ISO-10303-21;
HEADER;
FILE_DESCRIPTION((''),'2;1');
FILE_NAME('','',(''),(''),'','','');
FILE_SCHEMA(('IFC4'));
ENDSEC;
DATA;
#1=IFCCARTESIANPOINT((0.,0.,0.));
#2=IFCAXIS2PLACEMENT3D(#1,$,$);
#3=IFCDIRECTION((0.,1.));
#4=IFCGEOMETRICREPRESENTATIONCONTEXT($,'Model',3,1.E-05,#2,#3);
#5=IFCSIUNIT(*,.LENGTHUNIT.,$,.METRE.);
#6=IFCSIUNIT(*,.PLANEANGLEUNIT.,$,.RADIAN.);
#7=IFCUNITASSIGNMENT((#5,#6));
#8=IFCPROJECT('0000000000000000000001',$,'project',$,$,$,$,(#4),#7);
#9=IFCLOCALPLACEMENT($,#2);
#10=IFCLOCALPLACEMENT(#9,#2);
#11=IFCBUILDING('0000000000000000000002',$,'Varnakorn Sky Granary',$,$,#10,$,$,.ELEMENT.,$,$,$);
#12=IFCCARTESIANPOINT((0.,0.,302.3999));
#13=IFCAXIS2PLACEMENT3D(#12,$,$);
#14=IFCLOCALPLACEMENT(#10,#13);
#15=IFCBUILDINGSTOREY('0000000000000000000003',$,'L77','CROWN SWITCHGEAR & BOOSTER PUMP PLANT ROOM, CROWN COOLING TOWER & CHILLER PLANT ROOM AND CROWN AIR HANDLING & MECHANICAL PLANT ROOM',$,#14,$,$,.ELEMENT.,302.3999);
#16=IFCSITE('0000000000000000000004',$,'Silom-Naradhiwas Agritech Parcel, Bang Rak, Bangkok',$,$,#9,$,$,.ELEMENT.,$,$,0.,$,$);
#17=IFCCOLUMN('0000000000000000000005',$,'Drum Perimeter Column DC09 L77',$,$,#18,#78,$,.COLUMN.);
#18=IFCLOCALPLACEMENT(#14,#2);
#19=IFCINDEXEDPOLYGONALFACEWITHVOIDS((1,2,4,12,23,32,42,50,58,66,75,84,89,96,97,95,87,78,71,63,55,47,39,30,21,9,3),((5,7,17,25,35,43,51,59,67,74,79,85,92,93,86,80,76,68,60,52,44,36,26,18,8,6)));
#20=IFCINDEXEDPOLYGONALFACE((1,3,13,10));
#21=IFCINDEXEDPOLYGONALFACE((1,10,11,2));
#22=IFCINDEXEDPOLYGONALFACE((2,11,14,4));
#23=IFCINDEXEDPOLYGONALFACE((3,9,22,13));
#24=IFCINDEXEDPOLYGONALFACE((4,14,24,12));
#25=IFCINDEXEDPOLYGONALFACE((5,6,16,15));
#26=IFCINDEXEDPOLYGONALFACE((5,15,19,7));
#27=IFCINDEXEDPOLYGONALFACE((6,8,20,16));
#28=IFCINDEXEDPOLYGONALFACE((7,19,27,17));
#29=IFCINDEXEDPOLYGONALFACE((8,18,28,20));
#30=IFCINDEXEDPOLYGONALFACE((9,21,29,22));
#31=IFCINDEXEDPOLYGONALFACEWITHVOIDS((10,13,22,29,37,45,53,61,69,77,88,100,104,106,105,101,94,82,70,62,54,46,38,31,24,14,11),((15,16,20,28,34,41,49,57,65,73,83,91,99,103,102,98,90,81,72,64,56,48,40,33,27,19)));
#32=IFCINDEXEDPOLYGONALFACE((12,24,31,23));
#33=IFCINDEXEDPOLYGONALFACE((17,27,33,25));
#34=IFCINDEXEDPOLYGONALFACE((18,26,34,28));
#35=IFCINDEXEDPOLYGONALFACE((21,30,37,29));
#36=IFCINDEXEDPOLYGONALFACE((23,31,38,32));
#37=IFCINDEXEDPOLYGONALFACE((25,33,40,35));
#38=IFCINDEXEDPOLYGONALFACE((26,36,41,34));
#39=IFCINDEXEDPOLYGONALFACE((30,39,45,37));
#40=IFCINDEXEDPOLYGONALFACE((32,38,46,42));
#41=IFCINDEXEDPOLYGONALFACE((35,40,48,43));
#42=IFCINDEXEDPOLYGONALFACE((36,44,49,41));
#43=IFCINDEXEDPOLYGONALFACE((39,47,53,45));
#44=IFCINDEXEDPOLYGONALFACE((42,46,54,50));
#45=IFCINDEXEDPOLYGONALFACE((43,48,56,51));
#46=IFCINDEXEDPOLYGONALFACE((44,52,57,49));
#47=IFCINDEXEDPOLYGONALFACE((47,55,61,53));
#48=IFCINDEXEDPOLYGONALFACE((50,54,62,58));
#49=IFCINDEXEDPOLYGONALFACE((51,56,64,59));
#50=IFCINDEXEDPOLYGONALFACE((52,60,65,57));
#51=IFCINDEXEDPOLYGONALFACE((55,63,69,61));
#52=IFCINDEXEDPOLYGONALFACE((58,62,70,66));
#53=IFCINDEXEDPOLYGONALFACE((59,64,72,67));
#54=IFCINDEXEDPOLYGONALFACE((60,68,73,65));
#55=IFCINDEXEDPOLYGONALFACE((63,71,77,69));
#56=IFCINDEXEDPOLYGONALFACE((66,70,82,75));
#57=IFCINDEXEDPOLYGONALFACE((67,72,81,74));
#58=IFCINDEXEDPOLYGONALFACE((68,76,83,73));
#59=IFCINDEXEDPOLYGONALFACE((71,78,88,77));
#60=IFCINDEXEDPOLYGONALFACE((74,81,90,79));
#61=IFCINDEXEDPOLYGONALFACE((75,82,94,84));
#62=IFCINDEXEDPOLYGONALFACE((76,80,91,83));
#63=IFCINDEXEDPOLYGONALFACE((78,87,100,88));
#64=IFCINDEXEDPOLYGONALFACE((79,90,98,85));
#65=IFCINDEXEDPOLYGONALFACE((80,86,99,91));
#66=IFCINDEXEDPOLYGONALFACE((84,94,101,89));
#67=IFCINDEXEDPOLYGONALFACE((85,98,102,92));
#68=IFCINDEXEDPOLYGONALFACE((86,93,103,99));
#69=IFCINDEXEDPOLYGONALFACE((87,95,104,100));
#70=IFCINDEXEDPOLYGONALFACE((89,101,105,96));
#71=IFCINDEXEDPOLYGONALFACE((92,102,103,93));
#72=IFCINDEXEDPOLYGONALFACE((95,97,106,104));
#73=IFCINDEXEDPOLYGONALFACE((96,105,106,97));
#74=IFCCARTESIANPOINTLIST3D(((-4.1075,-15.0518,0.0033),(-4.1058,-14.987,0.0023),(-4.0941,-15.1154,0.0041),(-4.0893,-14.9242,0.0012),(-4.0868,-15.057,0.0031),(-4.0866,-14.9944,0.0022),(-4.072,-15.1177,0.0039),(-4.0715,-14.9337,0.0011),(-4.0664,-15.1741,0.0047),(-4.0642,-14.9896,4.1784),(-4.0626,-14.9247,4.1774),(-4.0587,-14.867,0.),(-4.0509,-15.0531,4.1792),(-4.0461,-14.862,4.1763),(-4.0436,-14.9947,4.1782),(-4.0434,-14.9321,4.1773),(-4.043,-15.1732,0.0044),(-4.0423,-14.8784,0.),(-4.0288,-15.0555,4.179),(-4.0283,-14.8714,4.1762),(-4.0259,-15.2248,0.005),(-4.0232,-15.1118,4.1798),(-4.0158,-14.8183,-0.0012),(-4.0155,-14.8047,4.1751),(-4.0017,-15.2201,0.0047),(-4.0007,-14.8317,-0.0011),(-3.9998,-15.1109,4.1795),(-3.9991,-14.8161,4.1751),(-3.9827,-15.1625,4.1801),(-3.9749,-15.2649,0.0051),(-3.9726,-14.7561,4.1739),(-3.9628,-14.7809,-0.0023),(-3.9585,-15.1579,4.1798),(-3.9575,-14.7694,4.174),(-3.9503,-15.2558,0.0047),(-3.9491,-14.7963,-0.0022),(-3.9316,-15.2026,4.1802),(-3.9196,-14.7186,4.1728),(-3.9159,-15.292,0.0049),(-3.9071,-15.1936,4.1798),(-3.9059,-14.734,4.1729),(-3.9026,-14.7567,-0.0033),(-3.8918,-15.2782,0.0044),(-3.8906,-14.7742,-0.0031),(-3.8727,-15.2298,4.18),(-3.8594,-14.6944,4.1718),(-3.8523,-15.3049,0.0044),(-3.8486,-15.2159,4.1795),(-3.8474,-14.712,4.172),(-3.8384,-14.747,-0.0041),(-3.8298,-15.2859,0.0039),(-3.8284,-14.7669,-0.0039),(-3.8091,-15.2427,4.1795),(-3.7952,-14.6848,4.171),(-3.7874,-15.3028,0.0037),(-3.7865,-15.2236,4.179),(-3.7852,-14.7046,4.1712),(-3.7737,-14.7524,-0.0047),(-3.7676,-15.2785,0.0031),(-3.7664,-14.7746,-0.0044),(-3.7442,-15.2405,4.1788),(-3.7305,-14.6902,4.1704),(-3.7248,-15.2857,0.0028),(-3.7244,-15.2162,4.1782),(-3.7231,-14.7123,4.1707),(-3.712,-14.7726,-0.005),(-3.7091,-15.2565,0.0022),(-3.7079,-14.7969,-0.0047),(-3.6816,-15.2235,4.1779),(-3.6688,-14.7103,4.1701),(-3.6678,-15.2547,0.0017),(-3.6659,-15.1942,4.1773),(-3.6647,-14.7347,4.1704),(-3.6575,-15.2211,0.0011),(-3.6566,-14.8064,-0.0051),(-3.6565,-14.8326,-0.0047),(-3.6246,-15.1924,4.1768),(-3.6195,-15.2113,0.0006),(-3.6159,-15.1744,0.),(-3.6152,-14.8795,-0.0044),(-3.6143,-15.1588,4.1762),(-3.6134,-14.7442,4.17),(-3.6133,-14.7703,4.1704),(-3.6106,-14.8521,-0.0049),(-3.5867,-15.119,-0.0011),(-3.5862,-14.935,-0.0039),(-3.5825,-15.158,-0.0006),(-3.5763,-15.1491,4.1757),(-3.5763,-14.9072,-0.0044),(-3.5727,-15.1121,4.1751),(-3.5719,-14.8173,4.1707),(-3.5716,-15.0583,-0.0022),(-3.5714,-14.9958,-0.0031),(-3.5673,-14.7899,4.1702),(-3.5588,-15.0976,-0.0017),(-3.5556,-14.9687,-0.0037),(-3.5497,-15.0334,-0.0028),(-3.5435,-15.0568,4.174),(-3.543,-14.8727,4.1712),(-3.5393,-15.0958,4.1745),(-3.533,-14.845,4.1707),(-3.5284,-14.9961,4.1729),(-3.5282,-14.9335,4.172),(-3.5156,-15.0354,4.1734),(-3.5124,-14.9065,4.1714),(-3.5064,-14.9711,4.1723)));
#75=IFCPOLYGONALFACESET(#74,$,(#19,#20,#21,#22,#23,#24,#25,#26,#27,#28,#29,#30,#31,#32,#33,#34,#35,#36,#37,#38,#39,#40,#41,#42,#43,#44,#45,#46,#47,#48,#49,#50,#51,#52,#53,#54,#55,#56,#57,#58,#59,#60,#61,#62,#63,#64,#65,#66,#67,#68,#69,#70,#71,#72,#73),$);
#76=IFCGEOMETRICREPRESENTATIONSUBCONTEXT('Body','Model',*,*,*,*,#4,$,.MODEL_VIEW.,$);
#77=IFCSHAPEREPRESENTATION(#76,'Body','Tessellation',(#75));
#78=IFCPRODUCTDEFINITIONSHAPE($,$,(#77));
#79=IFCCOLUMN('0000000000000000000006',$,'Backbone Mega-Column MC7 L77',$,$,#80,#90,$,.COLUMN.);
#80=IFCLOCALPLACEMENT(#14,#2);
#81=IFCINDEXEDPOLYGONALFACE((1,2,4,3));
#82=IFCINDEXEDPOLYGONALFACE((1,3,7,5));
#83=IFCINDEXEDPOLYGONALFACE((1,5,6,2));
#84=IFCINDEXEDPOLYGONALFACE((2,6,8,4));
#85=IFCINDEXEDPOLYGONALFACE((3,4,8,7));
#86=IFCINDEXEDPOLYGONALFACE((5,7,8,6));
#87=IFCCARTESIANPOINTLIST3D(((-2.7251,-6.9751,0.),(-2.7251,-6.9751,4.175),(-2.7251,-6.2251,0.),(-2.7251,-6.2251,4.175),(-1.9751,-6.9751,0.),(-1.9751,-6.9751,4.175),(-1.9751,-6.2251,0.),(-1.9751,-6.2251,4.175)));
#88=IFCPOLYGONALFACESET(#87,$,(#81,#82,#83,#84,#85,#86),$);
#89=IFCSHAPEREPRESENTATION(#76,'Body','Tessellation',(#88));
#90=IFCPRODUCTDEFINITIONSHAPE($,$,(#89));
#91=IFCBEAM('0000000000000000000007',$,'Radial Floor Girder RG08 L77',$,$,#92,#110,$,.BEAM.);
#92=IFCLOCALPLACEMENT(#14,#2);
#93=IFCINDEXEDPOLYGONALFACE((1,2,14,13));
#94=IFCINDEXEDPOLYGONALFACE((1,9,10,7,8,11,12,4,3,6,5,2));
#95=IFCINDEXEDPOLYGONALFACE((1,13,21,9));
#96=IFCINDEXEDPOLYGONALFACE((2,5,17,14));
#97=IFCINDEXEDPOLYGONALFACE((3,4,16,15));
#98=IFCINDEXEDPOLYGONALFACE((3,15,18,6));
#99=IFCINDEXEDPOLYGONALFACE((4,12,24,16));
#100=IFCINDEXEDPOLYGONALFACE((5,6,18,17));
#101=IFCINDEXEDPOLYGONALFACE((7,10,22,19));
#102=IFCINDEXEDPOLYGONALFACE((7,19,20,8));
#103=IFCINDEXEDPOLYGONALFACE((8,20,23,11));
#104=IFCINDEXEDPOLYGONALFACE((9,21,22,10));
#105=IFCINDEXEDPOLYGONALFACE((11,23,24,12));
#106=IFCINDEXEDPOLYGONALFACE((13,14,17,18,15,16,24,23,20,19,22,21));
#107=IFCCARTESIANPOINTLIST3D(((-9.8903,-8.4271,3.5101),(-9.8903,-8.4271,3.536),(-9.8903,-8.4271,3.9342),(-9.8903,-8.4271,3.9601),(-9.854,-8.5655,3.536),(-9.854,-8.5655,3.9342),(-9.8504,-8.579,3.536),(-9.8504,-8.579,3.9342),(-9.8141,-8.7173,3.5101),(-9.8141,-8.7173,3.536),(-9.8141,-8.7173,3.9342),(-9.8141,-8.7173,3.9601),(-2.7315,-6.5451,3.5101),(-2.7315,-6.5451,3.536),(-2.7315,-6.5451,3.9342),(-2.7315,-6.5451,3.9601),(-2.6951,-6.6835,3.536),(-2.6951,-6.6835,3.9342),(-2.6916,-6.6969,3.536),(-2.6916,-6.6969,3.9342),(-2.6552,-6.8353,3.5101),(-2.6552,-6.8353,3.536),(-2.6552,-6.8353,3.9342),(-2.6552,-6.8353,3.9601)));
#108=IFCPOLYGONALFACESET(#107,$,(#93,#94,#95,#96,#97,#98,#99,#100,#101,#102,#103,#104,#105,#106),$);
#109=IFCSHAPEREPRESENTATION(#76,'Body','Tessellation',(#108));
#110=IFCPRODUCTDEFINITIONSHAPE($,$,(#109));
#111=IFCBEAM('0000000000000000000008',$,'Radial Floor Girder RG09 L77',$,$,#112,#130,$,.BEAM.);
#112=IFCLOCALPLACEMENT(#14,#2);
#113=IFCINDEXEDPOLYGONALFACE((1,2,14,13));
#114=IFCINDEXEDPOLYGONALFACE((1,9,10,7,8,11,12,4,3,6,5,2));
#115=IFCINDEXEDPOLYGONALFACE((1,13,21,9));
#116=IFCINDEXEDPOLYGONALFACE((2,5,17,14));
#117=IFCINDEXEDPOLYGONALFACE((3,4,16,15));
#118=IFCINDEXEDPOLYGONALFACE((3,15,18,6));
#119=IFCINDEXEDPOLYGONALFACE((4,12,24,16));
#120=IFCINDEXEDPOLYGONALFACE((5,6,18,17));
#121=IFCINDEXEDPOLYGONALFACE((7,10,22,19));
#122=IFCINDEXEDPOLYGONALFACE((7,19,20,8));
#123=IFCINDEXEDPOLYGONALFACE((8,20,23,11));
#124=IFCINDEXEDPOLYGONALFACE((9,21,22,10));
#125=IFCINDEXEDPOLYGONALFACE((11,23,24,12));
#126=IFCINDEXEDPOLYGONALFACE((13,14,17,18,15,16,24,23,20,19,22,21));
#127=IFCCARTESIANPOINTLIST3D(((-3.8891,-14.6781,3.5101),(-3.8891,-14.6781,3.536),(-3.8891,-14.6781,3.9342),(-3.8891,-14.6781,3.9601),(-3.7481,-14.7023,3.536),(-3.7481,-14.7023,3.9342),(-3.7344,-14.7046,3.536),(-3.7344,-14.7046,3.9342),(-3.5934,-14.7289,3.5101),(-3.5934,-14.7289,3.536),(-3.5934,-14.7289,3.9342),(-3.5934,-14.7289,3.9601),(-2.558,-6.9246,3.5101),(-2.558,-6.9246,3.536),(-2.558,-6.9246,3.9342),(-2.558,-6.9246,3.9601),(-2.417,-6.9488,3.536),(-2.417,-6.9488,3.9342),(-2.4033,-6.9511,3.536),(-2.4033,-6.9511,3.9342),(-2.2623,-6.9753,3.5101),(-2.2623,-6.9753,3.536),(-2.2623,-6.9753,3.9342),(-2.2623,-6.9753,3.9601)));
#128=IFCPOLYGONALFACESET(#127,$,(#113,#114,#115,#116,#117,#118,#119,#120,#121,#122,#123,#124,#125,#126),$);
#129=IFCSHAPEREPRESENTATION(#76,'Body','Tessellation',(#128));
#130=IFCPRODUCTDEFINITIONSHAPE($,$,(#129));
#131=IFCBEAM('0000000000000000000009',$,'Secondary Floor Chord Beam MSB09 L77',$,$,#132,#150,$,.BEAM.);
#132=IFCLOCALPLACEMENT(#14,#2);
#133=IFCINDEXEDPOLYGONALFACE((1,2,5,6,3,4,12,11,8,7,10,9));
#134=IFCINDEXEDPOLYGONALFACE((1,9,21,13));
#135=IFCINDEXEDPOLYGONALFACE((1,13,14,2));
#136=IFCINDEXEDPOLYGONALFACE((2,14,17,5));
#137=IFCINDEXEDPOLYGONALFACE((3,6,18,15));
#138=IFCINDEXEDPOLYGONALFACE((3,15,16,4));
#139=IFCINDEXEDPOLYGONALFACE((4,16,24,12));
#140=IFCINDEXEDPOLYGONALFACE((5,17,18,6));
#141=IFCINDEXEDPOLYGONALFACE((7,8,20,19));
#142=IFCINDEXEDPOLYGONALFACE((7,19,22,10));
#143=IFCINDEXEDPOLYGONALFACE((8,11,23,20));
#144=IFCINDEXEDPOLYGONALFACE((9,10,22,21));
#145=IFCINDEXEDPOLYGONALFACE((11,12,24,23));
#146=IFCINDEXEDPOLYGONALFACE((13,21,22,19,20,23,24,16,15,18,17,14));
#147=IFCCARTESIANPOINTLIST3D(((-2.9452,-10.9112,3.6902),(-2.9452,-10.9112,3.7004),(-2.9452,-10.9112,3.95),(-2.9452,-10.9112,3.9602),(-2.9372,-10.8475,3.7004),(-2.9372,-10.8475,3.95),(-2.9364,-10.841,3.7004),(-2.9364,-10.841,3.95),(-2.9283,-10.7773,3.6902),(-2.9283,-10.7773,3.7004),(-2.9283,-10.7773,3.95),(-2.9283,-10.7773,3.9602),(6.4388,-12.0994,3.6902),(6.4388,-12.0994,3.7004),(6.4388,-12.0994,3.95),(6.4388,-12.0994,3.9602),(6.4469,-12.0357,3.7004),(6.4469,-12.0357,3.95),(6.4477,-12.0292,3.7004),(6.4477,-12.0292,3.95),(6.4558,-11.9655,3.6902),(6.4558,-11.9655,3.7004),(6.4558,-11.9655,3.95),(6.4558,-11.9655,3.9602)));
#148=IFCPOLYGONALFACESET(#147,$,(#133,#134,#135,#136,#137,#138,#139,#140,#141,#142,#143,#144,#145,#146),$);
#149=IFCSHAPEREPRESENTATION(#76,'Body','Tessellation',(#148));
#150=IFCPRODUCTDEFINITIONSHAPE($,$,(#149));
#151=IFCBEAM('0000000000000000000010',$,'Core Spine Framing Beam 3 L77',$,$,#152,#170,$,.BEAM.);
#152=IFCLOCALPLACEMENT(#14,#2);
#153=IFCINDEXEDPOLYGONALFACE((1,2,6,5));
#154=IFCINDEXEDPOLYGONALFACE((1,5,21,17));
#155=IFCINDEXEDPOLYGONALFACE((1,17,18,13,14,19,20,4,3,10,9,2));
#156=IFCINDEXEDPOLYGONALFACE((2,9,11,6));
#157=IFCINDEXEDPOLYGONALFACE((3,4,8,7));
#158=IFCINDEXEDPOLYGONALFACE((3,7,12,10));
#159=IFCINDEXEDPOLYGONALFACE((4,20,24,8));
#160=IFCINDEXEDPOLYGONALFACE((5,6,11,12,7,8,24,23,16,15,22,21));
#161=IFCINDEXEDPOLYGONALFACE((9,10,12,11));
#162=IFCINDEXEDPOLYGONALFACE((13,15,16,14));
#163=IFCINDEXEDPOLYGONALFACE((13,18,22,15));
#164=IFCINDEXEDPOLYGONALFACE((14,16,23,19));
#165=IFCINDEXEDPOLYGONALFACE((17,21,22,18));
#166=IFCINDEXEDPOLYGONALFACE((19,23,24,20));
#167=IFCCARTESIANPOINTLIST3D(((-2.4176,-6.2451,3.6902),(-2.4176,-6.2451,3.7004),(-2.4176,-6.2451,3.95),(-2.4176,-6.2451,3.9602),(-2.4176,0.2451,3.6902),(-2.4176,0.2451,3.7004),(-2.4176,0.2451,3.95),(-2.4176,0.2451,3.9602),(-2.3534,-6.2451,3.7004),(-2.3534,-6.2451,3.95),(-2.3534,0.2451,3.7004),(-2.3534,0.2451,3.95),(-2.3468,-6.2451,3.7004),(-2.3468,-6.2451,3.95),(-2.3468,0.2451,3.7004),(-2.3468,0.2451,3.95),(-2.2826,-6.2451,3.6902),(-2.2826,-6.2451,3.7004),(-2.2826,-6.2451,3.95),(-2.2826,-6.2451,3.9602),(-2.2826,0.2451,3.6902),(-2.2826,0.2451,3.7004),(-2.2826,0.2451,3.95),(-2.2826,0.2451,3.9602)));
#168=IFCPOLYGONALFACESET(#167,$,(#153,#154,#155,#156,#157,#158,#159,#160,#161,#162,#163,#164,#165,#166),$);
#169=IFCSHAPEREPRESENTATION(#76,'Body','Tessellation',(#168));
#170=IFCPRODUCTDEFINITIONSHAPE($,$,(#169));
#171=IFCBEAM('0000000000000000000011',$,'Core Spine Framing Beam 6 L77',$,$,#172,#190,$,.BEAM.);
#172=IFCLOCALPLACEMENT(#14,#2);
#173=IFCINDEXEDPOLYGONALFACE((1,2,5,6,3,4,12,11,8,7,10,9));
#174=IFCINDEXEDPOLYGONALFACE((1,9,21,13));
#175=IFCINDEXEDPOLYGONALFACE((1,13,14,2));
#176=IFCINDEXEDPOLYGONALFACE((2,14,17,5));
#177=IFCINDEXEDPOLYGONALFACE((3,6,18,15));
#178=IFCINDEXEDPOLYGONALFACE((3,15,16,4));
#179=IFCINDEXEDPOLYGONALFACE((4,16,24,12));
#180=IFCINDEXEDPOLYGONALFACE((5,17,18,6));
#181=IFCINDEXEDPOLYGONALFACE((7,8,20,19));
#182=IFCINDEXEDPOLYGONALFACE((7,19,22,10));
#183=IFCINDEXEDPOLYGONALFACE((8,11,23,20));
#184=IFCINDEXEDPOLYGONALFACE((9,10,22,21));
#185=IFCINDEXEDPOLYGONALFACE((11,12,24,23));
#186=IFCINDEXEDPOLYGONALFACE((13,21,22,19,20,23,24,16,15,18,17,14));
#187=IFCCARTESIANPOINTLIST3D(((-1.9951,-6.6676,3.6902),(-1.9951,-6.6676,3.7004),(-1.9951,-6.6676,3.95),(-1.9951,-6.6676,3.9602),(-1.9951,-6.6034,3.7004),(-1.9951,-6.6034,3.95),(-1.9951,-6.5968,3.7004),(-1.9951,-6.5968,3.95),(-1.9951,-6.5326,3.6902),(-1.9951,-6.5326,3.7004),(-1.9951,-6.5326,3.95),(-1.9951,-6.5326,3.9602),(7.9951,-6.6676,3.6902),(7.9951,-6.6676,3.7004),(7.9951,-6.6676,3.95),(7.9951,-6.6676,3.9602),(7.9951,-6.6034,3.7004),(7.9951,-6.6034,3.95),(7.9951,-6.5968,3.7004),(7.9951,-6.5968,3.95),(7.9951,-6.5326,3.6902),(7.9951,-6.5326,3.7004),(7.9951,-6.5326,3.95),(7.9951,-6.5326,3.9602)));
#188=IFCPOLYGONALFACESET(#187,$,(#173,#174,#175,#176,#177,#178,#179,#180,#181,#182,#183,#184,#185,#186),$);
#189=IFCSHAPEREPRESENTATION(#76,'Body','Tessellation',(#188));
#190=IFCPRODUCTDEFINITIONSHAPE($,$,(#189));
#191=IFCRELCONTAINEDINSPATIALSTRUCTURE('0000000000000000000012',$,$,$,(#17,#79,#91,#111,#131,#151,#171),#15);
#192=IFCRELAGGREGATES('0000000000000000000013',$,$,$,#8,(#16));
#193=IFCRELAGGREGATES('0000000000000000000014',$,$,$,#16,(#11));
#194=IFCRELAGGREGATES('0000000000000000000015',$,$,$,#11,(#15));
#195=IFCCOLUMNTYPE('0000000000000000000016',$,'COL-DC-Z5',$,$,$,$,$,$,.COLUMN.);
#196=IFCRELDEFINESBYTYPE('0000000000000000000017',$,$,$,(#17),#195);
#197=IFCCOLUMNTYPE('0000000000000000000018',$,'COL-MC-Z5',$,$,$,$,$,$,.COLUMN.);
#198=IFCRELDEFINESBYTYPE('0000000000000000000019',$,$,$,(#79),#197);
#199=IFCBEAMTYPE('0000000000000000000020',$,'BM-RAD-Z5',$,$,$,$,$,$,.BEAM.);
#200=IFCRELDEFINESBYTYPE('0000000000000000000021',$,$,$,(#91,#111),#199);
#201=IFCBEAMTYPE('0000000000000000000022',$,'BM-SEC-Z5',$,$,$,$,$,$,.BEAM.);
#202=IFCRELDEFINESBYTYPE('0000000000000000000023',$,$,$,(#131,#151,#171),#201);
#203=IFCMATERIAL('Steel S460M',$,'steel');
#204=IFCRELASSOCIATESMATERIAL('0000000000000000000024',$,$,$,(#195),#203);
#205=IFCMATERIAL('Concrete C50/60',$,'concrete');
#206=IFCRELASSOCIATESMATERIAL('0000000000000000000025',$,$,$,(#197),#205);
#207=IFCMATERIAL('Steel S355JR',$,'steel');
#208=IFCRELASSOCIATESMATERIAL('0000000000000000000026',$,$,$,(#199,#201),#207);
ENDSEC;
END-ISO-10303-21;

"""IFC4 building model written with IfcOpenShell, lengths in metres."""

from ifc_helpers import new_model, si_unit, direction, frame, origin, origin_2d, place, context, subcontext, project, spatial, rectangle, hollow_circle, i_section, extrude, material, material_profile, profile_set, type_object, element, save


model = new_model("IFC4")

# Units and contexts
model_context = context("Model", 3, precision=1e-05, world=origin(), true_north=direction((0.0, 1.0)))
body_context = subcontext(model_context, "Body", "Model", "MODEL_VIEW")
ifc_project = project(units=[si_unit("LENGTHUNIT", "METRE"), si_unit("PLANEANGLEUNIT", "RADIAN")], contexts=[model_context])

# Site, building, storey
site_placement = place(None, origin())
site = spatial("IfcSite", under=ifc_project, at=site_placement, Name="Silom-Naradhiwas Agritech Parcel, Bang Rak, Bangkok", CompositionType="ELEMENT", RefElevation=0.0)
building_placement = place(site_placement, origin())
building = spatial("IfcBuilding", under=site, at=building_placement, Name="Varnakorn Sky Granary", CompositionType="ELEMENT")
storey_placement = place(building_placement, frame((0.0, 0.0, 302.3999)))
storey = spatial("IfcBuildingStorey", under=building, at=storey_placement, Name="L77", Description="CROWN SWITCHGEAR & BOOSTER PUMP PLANT ROOM, CROWN COOLING TOWER & CHILLER PLANT ROOM AND CROWN AIR HANDLING & MECHANICAL PLANT ROOM", CompositionType="ELEMENT", Elevation=302.3999)

# Columns
ifc_material_1 = material(Name="Steel S460M", Category="steel")
ifc_material_profile_1 = material_profile(ifc_material_1, hollow_circle(Radius=0.2795, WallThickness=0.02, at=origin_2d()), Name="CHS 559x20")
ifc_profile_set_1 = profile_set([ifc_material_profile_1], Name="Steel S460M")
column_type_1 = type_object("IfcColumnType", Name="COL-DC-Z5", PredefinedType="COLUMN", material=ifc_profile_set_1)
column_1_placement = place(storey_placement, frame((-3.8291, -15.0264, 0.0), z_axis=(0.010349, 0.014909, 0.999835), x_axis=(-0.821496, 0.570215, 0.0)))
element("IfcColumn", 1, at=column_1_placement, inside=storey, type_object=column_type_1, Name="Drum Perimeter Column DC09 L77", PredefinedType="COLUMN", context=body_context, shape_type="SweptSolid", body=[
    extrude(hollow_circle(Radius=0.2795, WallThickness=0.02, at=origin_2d()), origin(), (0.0, 0.0, 1.0), 4.1758),
])
ifc_material_2 = material(Name="Concrete C50/60", Category="concrete")
ifc_material_profile_2 = material_profile(ifc_material_2, rectangle(XDim=0.75, YDim=0.75, at=origin_2d()), Name="RC 750x750")
ifc_profile_set_2 = profile_set([ifc_material_profile_2], Name="Concrete C50/60")
column_type_2 = type_object("IfcColumnType", Name="COL-MC-Z5", PredefinedType="COLUMN", material=ifc_profile_set_2)
column_2_placement = place(storey_placement, frame((-2.3501, -6.6001, 0.0), z_axis=(0.0, 0.0, 1.0), x_axis=(1.0, 0.0, 0.0)))
element("IfcColumn", 2, at=column_2_placement, inside=storey, type_object=column_type_2, Name="Backbone Mega-Column MC7 L77", PredefinedType="COLUMN", context=body_context, shape_type="SweptSolid", body=[
    extrude(rectangle(XDim=0.75, YDim=0.75, at=origin_2d()), origin(), (0.0, 0.0, 1.0), 4.175),
])

# Beams
ifc_material_3 = material(Name="Steel S355JR", Category="steel")
ifc_material_profile_3 = material_profile(ifc_material_3, i_section(OverallWidth=0.3, OverallDepth=0.45, WebThickness=0.0139, FlangeThickness=0.0259, at=origin_2d()), Name="HE 450 B")
ifc_profile_set_3 = profile_set([ifc_material_profile_3], Name="Steel S355JR")
beam_type_1 = type_object("IfcBeamType", Name="BM-RAD-Z5", PredefinedType="BEAM", material=ifc_profile_set_3)
beam_1_placement = place(storey_placement, frame((-2.6934, -6.6902, 3.7351), z_axis=(-0.967136, -0.25426, 0.0), x_axis=(0.25426, -0.967136, 0.0)))
element("IfcBeam", 3, at=beam_1_placement, inside=storey, type_object=beam_type_1, Name="Radial Floor Girder RG08 L77", PredefinedType="BEAM", context=body_context, shape_type="SweptSolid", body=[
    extrude(i_section(OverallWidth=0.3, OverallDepth=0.45, WebThickness=0.0139, FlangeThickness=0.0259, at=origin_2d()), origin(), (0.0, 0.0, 1.0), 7.4021),
])
beam_2_placement = place(storey_placement, frame((-2.4102, -6.95, 3.7351), z_axis=(-0.169198, -0.985582, 0.0), x_axis=(0.985582, -0.169198, 0.0)))
element("IfcBeam", 4, at=beam_2_placement, inside=storey, type_object=beam_type_1, Name="Radial Floor Girder RG09 L77", PredefinedType="BEAM", context=body_context, shape_type="SweptSolid", body=[
    extrude(i_section(OverallWidth=0.3, OverallDepth=0.45, WebThickness=0.0139, FlangeThickness=0.0259, at=origin_2d()), origin(), (0.0, 0.0, 1.0), 7.8669),
])
ifc_material_profile_4 = material_profile(ifc_material_3, i_section(OverallWidth=0.135, OverallDepth=0.27, WebThickness=0.0066, FlangeThickness=0.0103, at=origin_2d()), Name="IPE 270")
ifc_profile_set_4 = profile_set([ifc_material_profile_4], Name="Steel S355JR")
beam_type_2 = type_object("IfcBeamType", Name="BM-SEC-Z5", PredefinedType="BEAM", material=ifc_profile_set_4)
beam_3_placement = place(storey_placement, frame((-2.9368, -10.8442, 3.8252), z_axis=(0.992078, -0.12562, 0.0), x_axis=(0.12562, 0.992078, 0.0)))
element("IfcBeam", 5, at=beam_3_placement, inside=storey, type_object=beam_type_2, Name="Secondary Floor Chord Beam MSB09 L77", PredefinedType="BEAM", context=body_context, shape_type="SweptSolid", body=[
    extrude(i_section(OverallWidth=0.135, OverallDepth=0.27, WebThickness=0.0066, FlangeThickness=0.0103, at=origin_2d()), origin(), (0.0, 0.0, 1.0), 9.459),
])
beam_4_placement = place(storey_placement, frame((-2.3501, 0.2451, 3.8252), z_axis=(0.0, -1.0, 0.0), x_axis=(1.0, 0.0, 0.0)))
element("IfcBeam", 6, at=beam_4_placement, inside=storey, type_object=beam_type_2, Name="Core Spine Framing Beam 3 L77", PredefinedType="BEAM", context=body_context, shape_type="SweptSolid", body=[
    extrude(i_section(OverallWidth=0.135, OverallDepth=0.27, WebThickness=0.0066, FlangeThickness=0.0103, at=origin_2d()), origin(), (0.0, 0.0, 1.0), 6.4902),
])
beam_5_placement = place(storey_placement, frame((-1.9951, -6.6001, 3.8252), z_axis=(1.0, 0.0, 0.0), x_axis=(0.0, 1.0, 0.0)))
element("IfcBeam", 7, at=beam_5_placement, inside=storey, type_object=beam_type_2, Name="Core Spine Framing Beam 6 L77", PredefinedType="BEAM", context=body_context, shape_type="SweptSolid", body=[
    extrude(i_section(OverallWidth=0.135, OverallDepth=0.27, WebThickness=0.0066, FlangeThickness=0.0103, at=origin_2d()), origin(), (0.0, 0.0, 1.0), 9.9902),
])

save(model, "model.ifc")
